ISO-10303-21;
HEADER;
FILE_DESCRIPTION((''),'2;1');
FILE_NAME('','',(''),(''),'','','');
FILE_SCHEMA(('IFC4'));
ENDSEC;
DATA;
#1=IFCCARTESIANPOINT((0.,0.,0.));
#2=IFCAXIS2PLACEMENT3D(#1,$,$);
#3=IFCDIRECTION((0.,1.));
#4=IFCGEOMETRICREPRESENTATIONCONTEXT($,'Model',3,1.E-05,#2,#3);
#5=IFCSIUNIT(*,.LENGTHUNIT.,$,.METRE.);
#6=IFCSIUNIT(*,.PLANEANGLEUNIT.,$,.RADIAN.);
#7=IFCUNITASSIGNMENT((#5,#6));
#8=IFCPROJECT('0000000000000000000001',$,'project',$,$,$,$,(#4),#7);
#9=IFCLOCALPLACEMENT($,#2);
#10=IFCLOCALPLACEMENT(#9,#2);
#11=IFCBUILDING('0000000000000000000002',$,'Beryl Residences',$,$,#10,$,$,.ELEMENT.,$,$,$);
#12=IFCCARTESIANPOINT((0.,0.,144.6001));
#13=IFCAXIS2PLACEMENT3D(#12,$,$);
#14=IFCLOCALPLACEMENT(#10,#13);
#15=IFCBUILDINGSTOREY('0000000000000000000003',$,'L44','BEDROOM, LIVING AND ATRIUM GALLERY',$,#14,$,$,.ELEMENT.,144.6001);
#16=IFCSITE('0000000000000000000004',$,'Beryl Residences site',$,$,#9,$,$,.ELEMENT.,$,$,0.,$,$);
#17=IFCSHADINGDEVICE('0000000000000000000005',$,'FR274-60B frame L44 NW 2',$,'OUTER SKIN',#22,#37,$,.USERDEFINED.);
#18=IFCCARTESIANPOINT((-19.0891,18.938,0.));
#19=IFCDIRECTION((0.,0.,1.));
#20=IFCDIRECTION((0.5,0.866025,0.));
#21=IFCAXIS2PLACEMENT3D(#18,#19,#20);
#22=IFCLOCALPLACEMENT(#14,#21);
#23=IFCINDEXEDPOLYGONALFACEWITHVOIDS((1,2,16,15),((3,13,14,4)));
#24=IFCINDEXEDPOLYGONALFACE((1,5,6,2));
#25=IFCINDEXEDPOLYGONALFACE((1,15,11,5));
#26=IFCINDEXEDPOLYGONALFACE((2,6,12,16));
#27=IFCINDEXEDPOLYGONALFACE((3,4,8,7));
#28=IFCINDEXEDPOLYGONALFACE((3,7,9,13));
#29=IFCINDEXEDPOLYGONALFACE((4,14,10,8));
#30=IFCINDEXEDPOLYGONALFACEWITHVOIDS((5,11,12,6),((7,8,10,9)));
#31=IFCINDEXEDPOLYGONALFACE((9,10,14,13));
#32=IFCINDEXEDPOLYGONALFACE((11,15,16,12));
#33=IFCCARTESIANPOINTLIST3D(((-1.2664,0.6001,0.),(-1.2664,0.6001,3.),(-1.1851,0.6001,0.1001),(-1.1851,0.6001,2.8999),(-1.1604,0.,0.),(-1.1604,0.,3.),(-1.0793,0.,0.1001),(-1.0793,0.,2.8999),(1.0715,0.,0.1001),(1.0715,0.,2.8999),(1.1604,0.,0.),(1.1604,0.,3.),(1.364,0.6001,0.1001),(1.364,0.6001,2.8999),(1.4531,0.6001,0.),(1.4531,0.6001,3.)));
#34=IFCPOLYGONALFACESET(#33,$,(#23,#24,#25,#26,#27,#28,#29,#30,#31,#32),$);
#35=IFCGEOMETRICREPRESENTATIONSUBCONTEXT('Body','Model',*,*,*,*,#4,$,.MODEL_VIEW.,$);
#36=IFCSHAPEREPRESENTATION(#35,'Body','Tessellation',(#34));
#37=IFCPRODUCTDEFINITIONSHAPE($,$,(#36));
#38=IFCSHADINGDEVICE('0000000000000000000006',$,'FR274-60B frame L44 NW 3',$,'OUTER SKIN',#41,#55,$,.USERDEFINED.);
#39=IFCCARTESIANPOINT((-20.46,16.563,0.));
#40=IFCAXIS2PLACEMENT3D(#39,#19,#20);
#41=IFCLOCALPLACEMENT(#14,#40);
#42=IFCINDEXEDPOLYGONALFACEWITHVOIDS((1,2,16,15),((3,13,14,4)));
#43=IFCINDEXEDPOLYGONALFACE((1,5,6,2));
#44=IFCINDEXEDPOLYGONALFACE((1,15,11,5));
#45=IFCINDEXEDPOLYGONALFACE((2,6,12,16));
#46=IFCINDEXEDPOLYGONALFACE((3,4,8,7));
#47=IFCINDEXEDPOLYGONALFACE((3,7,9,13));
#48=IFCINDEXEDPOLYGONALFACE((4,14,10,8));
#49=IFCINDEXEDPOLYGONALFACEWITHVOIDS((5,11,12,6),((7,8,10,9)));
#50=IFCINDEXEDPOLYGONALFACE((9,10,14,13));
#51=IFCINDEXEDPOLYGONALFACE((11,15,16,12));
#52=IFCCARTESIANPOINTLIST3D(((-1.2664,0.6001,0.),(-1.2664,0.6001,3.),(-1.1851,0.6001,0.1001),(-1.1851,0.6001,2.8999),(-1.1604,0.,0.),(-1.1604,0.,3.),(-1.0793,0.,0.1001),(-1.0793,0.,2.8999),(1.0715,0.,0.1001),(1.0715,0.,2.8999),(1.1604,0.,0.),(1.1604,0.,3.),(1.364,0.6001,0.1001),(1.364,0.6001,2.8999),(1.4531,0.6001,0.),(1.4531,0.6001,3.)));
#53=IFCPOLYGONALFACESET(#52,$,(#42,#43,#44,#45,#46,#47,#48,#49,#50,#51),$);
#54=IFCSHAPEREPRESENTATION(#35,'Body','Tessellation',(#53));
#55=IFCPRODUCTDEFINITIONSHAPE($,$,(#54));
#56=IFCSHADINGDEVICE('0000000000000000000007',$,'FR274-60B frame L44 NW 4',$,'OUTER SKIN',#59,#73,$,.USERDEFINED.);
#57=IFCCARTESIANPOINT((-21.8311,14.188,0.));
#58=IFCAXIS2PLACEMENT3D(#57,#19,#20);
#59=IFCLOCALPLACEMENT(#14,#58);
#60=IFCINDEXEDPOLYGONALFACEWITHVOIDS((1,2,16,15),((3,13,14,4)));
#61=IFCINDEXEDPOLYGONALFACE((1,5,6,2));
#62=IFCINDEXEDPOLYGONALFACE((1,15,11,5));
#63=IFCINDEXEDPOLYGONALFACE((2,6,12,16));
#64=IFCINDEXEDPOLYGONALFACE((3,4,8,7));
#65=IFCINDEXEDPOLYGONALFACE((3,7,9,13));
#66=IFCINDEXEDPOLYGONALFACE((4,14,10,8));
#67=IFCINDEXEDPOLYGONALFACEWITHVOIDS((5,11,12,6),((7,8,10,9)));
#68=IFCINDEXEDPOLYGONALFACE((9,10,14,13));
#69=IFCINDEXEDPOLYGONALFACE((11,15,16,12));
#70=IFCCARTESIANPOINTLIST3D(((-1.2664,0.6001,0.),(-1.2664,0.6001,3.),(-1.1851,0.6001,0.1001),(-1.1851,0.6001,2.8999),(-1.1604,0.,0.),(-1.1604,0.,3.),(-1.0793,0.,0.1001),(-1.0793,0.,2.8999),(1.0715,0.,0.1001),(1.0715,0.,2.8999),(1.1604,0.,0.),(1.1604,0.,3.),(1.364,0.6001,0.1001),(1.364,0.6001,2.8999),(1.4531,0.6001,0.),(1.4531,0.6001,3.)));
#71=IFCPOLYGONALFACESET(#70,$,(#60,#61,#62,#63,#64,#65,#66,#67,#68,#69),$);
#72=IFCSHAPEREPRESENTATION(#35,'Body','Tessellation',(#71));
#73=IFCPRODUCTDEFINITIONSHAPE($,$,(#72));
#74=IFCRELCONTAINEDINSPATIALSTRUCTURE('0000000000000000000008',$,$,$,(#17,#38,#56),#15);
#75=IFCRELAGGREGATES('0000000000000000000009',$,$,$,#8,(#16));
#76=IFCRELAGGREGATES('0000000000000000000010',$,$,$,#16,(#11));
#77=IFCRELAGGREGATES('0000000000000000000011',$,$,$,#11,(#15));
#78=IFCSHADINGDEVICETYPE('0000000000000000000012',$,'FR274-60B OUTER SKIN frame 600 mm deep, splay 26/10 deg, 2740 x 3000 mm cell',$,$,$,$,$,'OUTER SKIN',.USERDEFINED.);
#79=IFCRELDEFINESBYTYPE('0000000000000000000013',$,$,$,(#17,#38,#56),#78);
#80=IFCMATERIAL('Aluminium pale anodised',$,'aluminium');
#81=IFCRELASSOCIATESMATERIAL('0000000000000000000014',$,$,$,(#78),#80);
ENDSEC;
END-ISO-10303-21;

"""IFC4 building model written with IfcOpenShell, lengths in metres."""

from ifc_helpers import new_model, entity, si_unit, direction, frame, origin, place, context, subcontext, project, spatial, source, transform, mapped, material, type_object, type_shapes, element, save


model = new_model("IFC4")

# Units and contexts
model_context = context("Model", 3, precision=1e-05, world=origin(), true_north=direction((0.0, 1.0)))
body_context = subcontext(model_context, "Body", "Model", "MODEL_VIEW")
ifc_project = project(units=[si_unit("LENGTHUNIT", "METRE"), si_unit("PLANEANGLEUNIT", "RADIAN")], contexts=[model_context])

# Site, building, storey
site_placement = place(None, origin())
site = spatial("IfcSite", under=ifc_project, at=site_placement, Name="Beryl Residences site", CompositionType="ELEMENT", RefElevation=0.0)
building_placement = place(site_placement, origin())
building = spatial("IfcBuilding", under=site, at=building_placement, Name="Beryl Residences", CompositionType="ELEMENT")
storey_placement = place(building_placement, frame((0.0, 0.0, 144.6001)))
storey = spatial("IfcBuildingStorey", under=building, at=storey_placement, Name="L44", Description="BEDROOM, LIVING AND ATRIUM GALLERY", CompositionType="ELEMENT", Elevation=144.6001)

# Shading devices
ifc_material_1 = material(Name="Aluminium pale anodised", Category="aluminium")
shading_device_type = type_object("IfcShadingDeviceType", Name="FR274-60B OUTER SKIN frame 600 mm deep, splay 26/10 deg, 2740 x 3000 mm cell", ElementType="OUTER SKIN", PredefinedType="USERDEFINED", material=ifc_material_1)
cartesian_point_1 = entity("IfcCartesianPoint", [-1.1604, 0.0])
cartesian_point_2 = entity("IfcCartesianPoint", [-1.0715, 0.1001])
cartesian_point_3 = entity("IfcCartesianPoint", [-1.4531, 0.0])
cartesian_point_4 = entity("IfcCartesianPoint", [-1.364, 0.1001])
shared_shape_1 = source(origin(), body_context, "Body", "SweptSolid", [
    entity("IfcExtrudedAreaSolidTapered", entity("IfcArbitraryProfileDefWithVoids", "AREA", None, entity("IfcPolyline", [cartesian_point_1, entity("IfcCartesianPoint", [1.1604, 0.0]), entity("IfcCartesianPoint", [1.1604, 3.0]), entity("IfcCartesianPoint", [-1.1604, 3.0]), cartesian_point_1]), [entity("IfcPolyline", [cartesian_point_2, entity("IfcCartesianPoint", [1.0793, 0.1001]), entity("IfcCartesianPoint", [1.0793, 2.8999]), entity("IfcCartesianPoint", [-1.0715, 2.8999]), cartesian_point_2])]), entity("IfcAxis2Placement3D", entity("IfcCartesianPoint", [0.0, 0.0, 0.0]), entity("IfcDirection", [0.0, 1.0, 0.0]), entity("IfcDirection", [-1.0, 0.0, 0.0])), entity("IfcDirection", [0.0, 0.0, 1.0]), 0.6001, entity("IfcArbitraryProfileDefWithVoids", "AREA", None, entity("IfcPolyline", [cartesian_point_3, entity("IfcCartesianPoint", [1.2664, 0.0]), entity("IfcCartesianPoint", [1.2664, 3.0]), entity("IfcCartesianPoint", [-1.4531, 3.0]), cartesian_point_3]), [entity("IfcPolyline", [cartesian_point_4, entity("IfcCartesianPoint", [1.1851, 0.1001]), entity("IfcCartesianPoint", [1.1851, 2.8999]), entity("IfcCartesianPoint", [-1.364, 2.8999]), cartesian_point_4])])),
])
type_shapes(shading_device_type, [shared_shape_1])
for number, where, z_axis, x_axis, name in (
    (1, (-19.0891, 18.938, 0.0), (0.0, 0.0, 1.0), (0.5, 0.866025, 0.0), "FR274-60B frame L44 NW 2"),
    (2, (-20.46, 16.563, 0.0), (0.0, 0.0, 1.0), (0.5, 0.866025, 0.0), "FR274-60B frame L44 NW 3"),
    (3, (-21.8311, 14.188, 0.0), (0.0, 0.0, 1.0), (0.5, 0.866025, 0.0), "FR274-60B frame L44 NW 4"),
):
    element("IfcShadingDevice", number, at=place(storey_placement, frame(where, z_axis=z_axis, x_axis=x_axis)), inside=storey, type_object=shading_device_type, Name=name, ObjectType="OUTER SKIN", PredefinedType="USERDEFINED", context=body_context, shape_type="MappedRepresentation", body=[
        mapped(shared_shape_1, transform((0.0, 0.0, 0.0))),
    ])

save(model, "model.ifc")
